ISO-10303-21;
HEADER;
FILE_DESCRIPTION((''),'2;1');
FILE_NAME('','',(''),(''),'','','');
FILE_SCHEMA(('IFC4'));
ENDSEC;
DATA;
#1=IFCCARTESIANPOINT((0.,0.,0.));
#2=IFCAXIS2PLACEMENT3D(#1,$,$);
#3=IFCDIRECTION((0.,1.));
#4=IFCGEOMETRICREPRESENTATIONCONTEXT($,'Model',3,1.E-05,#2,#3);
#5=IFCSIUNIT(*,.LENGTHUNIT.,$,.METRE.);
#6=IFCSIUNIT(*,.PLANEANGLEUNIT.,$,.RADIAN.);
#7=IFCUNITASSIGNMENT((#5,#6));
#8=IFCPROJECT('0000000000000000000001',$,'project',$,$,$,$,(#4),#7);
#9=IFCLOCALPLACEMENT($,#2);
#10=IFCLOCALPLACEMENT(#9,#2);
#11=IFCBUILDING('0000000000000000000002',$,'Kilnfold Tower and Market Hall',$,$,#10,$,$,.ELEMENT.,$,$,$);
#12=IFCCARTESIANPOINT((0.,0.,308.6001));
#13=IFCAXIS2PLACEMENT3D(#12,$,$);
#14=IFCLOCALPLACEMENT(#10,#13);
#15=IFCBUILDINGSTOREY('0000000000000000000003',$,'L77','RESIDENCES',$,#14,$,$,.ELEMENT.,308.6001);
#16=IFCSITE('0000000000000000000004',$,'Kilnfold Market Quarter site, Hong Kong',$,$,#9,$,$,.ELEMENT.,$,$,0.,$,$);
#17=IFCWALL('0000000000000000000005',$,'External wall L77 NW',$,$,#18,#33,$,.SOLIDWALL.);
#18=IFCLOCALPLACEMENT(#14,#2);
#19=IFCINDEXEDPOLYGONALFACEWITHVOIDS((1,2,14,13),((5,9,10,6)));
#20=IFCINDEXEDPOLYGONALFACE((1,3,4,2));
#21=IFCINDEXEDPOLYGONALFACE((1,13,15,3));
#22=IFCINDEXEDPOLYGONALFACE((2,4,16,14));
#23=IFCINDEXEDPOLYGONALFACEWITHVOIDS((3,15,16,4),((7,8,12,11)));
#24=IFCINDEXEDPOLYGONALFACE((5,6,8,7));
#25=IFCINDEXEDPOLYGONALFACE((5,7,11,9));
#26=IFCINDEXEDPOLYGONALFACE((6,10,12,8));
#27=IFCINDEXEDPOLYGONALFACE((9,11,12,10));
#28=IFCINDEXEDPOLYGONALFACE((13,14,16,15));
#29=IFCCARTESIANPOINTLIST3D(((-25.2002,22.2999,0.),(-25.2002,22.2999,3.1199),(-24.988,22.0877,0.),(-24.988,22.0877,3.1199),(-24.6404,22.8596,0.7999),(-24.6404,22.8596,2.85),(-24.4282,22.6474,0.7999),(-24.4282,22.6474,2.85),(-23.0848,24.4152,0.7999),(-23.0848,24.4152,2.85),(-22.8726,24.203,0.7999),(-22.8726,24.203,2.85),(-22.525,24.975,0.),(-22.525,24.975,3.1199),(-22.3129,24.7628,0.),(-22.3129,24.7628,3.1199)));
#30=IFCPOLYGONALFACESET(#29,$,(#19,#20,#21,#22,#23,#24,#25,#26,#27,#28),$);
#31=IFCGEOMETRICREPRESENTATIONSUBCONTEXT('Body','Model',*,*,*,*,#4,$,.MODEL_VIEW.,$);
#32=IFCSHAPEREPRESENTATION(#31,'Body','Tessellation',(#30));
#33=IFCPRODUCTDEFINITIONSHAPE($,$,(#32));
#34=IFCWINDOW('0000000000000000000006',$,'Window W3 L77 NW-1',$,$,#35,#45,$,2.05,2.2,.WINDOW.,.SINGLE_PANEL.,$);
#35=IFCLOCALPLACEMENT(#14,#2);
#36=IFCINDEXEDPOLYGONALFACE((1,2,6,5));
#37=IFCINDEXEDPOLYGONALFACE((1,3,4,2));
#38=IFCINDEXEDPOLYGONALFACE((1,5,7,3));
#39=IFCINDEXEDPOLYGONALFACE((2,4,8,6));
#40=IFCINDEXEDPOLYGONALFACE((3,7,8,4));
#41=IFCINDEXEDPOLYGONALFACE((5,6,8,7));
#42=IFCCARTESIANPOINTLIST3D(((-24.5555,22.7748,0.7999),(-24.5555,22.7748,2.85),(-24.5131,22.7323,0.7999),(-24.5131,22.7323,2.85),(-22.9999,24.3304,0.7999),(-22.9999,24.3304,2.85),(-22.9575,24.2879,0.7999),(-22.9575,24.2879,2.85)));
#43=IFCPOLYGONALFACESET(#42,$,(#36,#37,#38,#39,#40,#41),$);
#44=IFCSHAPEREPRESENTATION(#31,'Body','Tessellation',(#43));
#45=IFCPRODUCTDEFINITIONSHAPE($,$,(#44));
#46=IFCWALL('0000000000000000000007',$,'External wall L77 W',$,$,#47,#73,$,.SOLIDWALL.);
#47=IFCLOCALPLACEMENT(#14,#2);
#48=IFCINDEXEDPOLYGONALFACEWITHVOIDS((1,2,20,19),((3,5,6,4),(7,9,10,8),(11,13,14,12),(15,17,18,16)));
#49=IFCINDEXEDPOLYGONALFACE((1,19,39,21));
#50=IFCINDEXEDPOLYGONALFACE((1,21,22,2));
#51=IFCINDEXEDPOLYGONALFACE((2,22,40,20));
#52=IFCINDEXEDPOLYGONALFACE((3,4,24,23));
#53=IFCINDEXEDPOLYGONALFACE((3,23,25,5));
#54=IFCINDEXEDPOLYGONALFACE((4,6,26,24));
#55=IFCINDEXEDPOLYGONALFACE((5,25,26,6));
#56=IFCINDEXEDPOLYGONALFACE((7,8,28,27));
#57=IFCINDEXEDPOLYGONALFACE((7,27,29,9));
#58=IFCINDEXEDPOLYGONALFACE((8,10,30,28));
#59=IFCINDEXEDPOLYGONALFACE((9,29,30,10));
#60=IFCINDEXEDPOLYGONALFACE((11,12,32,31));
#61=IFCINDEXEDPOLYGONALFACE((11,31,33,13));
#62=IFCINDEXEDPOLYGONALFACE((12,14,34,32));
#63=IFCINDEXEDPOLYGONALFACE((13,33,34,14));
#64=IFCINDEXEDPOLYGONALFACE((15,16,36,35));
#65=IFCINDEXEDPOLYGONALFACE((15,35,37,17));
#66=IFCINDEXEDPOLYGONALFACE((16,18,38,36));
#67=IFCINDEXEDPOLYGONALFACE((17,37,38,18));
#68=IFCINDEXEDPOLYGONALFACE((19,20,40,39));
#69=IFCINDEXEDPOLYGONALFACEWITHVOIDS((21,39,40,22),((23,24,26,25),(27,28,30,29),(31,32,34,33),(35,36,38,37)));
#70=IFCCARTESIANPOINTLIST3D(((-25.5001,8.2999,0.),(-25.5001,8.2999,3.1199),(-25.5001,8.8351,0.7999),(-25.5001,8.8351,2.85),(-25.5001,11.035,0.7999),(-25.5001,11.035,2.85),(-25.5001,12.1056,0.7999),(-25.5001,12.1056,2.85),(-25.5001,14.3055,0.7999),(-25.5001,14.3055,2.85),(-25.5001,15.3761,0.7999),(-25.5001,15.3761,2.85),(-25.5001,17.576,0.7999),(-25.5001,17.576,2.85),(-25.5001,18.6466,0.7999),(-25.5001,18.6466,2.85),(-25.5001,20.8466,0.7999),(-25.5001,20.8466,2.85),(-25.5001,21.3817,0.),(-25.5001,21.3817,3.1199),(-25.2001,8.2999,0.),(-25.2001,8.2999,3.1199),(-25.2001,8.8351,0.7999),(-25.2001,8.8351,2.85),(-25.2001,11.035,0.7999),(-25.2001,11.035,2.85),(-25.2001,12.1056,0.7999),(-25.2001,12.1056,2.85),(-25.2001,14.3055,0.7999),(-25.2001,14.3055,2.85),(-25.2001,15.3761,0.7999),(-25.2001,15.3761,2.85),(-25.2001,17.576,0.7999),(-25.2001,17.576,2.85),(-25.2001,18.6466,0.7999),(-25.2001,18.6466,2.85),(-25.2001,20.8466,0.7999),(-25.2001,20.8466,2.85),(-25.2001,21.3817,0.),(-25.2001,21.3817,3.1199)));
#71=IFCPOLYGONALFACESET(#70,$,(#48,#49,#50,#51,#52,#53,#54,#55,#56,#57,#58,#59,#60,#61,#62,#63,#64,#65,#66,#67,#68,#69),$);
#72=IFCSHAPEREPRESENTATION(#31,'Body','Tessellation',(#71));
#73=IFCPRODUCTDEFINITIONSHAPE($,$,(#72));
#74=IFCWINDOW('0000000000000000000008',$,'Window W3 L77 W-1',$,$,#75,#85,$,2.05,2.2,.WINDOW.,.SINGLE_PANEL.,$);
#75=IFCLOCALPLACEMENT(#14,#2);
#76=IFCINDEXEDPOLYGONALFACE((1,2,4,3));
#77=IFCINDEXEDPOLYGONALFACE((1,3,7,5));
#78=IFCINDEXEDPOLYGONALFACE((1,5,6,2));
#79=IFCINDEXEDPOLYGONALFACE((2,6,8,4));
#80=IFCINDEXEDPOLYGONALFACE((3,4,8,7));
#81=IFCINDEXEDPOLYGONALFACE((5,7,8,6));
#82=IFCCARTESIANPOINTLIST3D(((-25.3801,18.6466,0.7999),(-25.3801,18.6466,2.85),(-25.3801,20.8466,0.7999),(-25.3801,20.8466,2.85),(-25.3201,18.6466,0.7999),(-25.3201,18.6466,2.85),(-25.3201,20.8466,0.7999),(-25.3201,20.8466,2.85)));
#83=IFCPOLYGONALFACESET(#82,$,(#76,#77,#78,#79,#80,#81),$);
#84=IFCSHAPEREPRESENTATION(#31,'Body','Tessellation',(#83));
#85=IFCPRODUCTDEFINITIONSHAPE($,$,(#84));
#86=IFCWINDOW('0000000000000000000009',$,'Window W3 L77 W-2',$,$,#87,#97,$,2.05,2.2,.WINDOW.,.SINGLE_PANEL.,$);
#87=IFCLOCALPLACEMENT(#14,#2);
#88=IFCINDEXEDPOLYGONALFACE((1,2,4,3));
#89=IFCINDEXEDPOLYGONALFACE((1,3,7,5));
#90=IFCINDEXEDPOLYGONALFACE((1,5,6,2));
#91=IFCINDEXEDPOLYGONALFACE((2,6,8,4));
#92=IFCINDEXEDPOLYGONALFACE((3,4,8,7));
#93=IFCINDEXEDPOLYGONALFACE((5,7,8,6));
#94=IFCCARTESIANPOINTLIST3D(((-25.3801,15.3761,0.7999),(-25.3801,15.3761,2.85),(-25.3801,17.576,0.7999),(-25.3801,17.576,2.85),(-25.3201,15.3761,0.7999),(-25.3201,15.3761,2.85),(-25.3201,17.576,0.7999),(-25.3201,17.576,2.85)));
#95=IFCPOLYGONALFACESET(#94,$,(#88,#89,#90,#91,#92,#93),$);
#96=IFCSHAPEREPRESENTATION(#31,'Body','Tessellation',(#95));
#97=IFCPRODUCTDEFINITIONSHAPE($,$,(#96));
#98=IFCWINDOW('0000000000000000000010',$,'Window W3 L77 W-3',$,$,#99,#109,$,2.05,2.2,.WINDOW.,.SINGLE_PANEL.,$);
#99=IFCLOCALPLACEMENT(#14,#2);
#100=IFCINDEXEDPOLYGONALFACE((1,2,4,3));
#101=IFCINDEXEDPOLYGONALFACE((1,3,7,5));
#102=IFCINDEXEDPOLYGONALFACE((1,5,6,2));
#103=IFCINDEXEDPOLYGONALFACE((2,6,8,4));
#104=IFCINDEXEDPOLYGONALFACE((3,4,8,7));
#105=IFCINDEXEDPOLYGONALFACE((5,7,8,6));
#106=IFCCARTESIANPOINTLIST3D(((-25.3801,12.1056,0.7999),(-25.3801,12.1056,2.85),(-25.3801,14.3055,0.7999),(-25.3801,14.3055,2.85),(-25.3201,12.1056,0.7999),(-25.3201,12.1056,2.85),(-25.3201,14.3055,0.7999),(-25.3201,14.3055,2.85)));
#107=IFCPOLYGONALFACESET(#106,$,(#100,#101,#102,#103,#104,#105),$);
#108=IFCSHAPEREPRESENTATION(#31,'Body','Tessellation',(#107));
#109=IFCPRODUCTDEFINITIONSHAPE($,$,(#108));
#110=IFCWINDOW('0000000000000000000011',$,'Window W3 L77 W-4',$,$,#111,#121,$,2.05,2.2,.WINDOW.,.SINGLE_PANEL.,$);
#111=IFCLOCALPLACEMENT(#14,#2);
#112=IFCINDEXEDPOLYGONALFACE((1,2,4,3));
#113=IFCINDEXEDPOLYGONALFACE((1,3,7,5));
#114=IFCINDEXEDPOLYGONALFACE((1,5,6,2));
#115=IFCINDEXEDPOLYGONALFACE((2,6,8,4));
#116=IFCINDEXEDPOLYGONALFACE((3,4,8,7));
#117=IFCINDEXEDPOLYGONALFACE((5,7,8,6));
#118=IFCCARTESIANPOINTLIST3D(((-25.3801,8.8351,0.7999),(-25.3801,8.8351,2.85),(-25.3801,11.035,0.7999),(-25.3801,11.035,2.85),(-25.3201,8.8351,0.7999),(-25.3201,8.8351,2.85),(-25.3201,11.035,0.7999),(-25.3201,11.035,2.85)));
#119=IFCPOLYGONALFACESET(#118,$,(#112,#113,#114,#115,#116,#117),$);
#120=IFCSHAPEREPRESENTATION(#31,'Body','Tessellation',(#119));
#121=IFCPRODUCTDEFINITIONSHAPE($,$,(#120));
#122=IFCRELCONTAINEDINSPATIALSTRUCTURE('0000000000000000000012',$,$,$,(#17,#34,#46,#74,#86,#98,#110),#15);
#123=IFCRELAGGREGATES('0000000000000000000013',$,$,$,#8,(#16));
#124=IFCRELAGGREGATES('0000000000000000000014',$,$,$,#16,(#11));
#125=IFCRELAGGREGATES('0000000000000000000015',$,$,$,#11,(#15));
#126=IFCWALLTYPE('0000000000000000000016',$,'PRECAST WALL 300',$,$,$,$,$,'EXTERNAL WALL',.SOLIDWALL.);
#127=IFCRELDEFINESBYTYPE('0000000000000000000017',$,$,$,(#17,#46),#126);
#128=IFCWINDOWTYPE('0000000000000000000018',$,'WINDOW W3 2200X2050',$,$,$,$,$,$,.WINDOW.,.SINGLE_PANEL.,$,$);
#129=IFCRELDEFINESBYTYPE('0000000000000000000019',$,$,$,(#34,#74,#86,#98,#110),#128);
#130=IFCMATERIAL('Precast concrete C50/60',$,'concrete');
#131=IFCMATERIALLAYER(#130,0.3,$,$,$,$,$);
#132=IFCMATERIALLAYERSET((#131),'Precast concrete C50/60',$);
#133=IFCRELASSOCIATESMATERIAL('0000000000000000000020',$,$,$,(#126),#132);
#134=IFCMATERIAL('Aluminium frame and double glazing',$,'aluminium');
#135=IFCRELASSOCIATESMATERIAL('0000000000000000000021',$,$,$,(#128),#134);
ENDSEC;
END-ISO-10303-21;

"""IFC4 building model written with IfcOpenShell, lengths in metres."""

from ifc_helpers import new_model, si_unit, direction, frame, frame_2d, origin, place, context, subcontext, project, spatial, rectangle, extrude, source, transform, mapped, material, layer, layer_set, type_object, element, fill, save


model = new_model("IFC4")

# Units and contexts
model_context = context("Model", 3, precision=1e-05, world=origin(), true_north=direction((0.0, 1.0)))
body_context = subcontext(model_context, "Body", "Model", "MODEL_VIEW")
ifc_project = project(units=[si_unit("LENGTHUNIT", "METRE"), si_unit("PLANEANGLEUNIT", "RADIAN")], contexts=[model_context])

# Site, building, storey
site_placement = place(None, origin())
site = spatial("IfcSite", under=ifc_project, at=site_placement, Name="Kilnfold Market Quarter site, Hong Kong", CompositionType="ELEMENT", RefElevation=0.0)
building_placement = place(site_placement, origin())
building = spatial("IfcBuilding", under=site, at=building_placement, Name="Kilnfold Tower and Market Hall", CompositionType="ELEMENT")
storey_placement = place(building_placement, frame((0.0, 0.0, 308.6001)))
storey = spatial("IfcBuildingStorey", under=building, at=storey_placement, Name="L77", Description="RESIDENCES", CompositionType="ELEMENT", Elevation=308.6001)

# Shared definitions
ifc_material_1 = material(Name="Precast concrete C50/60", Category="concrete")
ifc_layer_1 = layer(ifc_material_1, 0.3)
ifc_layer_set_1 = layer_set([ifc_layer_1], Name="Precast concrete C50/60")
wall_type_1 = type_object("IfcWallType", Name="PRECAST WALL 300", ElementType="EXTERNAL WALL", PredefinedType="SOLIDWALL", material=ifc_layer_set_1)
ifc_material_2 = material(Name="Aluminium frame and double glazing", Category="aluminium")
window_type = type_object("IfcWindowType", Name="WINDOW W3 2200X2050", PartitioningType="SINGLE_PANEL", PredefinedType="WINDOW", material=ifc_material_2)

# Wall, opening, window
shared_shape_1 = source(origin(), body_context, "Body", "SweptSolid", [
    extrude(rectangle(XDim=3.7832, YDim=0.3, at=frame_2d((1.8916, 0.0))), origin(), (0.0, 0.0, 1.0), 3.1199),
])
wall_1_placement = place(storey_placement, frame((-22.4189, 24.8689, 0.0), z_axis=(0.0, 0.0, 1.0), x_axis=(-0.707107, -0.707107, 0.0)))
wall_1 = element("IfcWall", 1, at=wall_1_placement, inside=storey, type_object=wall_type_1, Name="External wall L77 NW", PredefinedType="SOLIDWALL", context=body_context, shape_type="MappedRepresentation", body=[
    mapped(shared_shape_1, transform((0.0, 0.0, 0.0))),
])
opening_1_placement = place(wall_1_placement, frame((0.7915, 0.0, 0.8)))
opening_1 = element("IfcOpeningElement", 2, at=opening_1_placement, cuts=wall_1, PredefinedType="OPENING", context=body_context, shape_type="SweptSolid", body=[
    extrude(rectangle(XDim=2.2, YDim=2.05, at=frame_2d((1.1001, 1.0249))), frame((0.0, 0.1602, 0.0), z_axis=(0.0, -1.0, 0.0), x_axis=(1.0, 0.0, 0.0)), (0.0, 0.0, 1.0), 0.3201),
])
window_1_placement = place(opening_1_placement, origin())
window_1 = element("IfcWindow", 3, at=window_1_placement, inside=storey, type_object=window_type, Name="Window W3 L77 NW-1", OverallHeight=2.05, OverallWidth=2.2, PartitioningType="SINGLE_PANEL", PredefinedType="WINDOW", context=body_context, shape_type="SweptSolid", body=[
    extrude(rectangle(XDim=2.2, YDim=2.05, at=frame_2d((1.1001, 1.0249))), frame((0.0, 0.03, 0.0), z_axis=(0.0, -1.0, 0.0), x_axis=(1.0, 0.0, 0.0)), (0.0, 0.0, 1.0), 0.0601),
])
fill(opening_1, window_1)

# Wall, openings, windows
shared_shape_2 = source(origin(), body_context, "Body", "SweptSolid", [
    extrude(rectangle(XDim=13.0818, YDim=0.3, at=frame_2d((6.541, 0.0))), origin(), (0.0, 0.0, 1.0), 3.1199),
])
wall_2_placement = place(storey_placement, frame((-25.3501, 21.3818, 0.0), z_axis=(0.0, 0.0, 1.0), x_axis=(0.0, -1.0, 0.0)))
wall_2 = element("IfcWall", 4, at=wall_2_placement, inside=storey, type_object=wall_type_1, Name="External wall L77 W", PredefinedType="SOLIDWALL", context=body_context, shape_type="MappedRepresentation", body=[
    mapped(shared_shape_2, transform((0.0, 0.0, 0.0))),
])
opening_2_placement = place(wall_2_placement, frame((0.5352, 0.0, 0.8)))
opening_2 = element("IfcOpeningElement", 5, at=opening_2_placement, cuts=wall_2, PredefinedType="OPENING", context=body_context, shape_type="SweptSolid", body=[
    extrude(rectangle(XDim=2.2, YDim=2.05, at=frame_2d((1.1001, 1.0249))), frame((0.0, 0.1602, 0.0), z_axis=(0.0, -1.0, 0.0), x_axis=(1.0, 0.0, 0.0)), (0.0, 0.0, 1.0), 0.3201),
])
opening_3_placement = place(wall_2_placement, frame((3.8057, 0.0, 0.8)))
opening_3 = element("IfcOpeningElement", 6, at=opening_3_placement, cuts=wall_2, PredefinedType="OPENING", context=body_context, shape_type="SweptSolid", body=[
    extrude(rectangle(XDim=2.2, YDim=2.05, at=frame_2d((1.1001, 1.0249))), frame((0.0, 0.1602, 0.0), z_axis=(0.0, -1.0, 0.0), x_axis=(1.0, 0.0, 0.0)), (0.0, 0.0, 1.0), 0.3201),
])
opening_4_placement = place(wall_2_placement, frame((7.0762, 0.0, 0.8)))
opening_4 = element("IfcOpeningElement", 7, at=opening_4_placement, cuts=wall_2, PredefinedType="OPENING", context=body_context, shape_type="SweptSolid", body=[
    extrude(rectangle(XDim=2.2, YDim=2.05, at=frame_2d((1.1001, 1.0249))), frame((0.0, 0.1602, 0.0), z_axis=(0.0, -1.0, 0.0), x_axis=(1.0, 0.0, 0.0)), (0.0, 0.0, 1.0), 0.3201),
])
opening_5_placement = place(wall_2_placement, frame((10.3467, 0.0, 0.8)))
opening_5 = element("IfcOpeningElement", 8, at=opening_5_placement, cuts=wall_2, PredefinedType="OPENING", context=body_context, shape_type="SweptSolid", body=[
    extrude(rectangle(XDim=2.2, YDim=2.05, at=frame_2d((1.1001, 1.0249))), frame((0.0, 0.1602, 0.0), z_axis=(0.0, -1.0, 0.0), x_axis=(1.0, 0.0, 0.0)), (0.0, 0.0, 1.0), 0.3201),
])
window_2_placement = place(opening_2_placement, origin())
window_2 = element("IfcWindow", 9, at=window_2_placement, inside=storey, type_object=window_type, Name="Window W3 L77 W-1", OverallHeight=2.05, OverallWidth=2.2, PartitioningType="SINGLE_PANEL", PredefinedType="WINDOW", context=body_context, shape_type="SweptSolid", body=[
    extrude(rectangle(XDim=2.2, YDim=2.05, at=frame_2d((1.1001, 1.0249))), frame((0.0, 0.03, 0.0), z_axis=(0.0, -1.0, 0.0), x_axis=(1.0, 0.0, 0.0)), (0.0, 0.0, 1.0), 0.0601),
])
fill(opening_2, window_2)
window_3_placement = place(opening_3_placement, origin())
window_3 = element("IfcWindow", 10, at=window_3_placement, inside=storey, type_object=window_type, Name="Window W3 L77 W-2", OverallHeight=2.05, OverallWidth=2.2, PartitioningType="SINGLE_PANEL", PredefinedType="WINDOW", context=body_context, shape_type="SweptSolid", body=[
    extrude(rectangle(XDim=2.2, YDim=2.05, at=frame_2d((1.1001, 1.0249))), frame((0.0, 0.03, 0.0), z_axis=(0.0, -1.0, 0.0), x_axis=(1.0, 0.0, 0.0)), (0.0, 0.0, 1.0), 0.0601),
])
fill(opening_3, window_3)
window_4_placement = place(opening_4_placement, origin())
window_4 = element("IfcWindow", 11, at=window_4_placement, inside=storey, type_object=window_type, Name="Window W3 L77 W-3", OverallHeight=2.05, OverallWidth=2.2, PartitioningType="SINGLE_PANEL", PredefinedType="WINDOW", context=body_context, shape_type="SweptSolid", body=[
    extrude(rectangle(XDim=2.2, YDim=2.05, at=frame_2d((1.1001, 1.0249))), frame((0.0, 0.03, 0.0), z_axis=(0.0, -1.0, 0.0), x_axis=(1.0, 0.0, 0.0)), (0.0, 0.0, 1.0), 0.0601),
])
fill(opening_4, window_4)
window_5_placement = place(opening_5_placement, origin())
window_5 = element("IfcWindow", 12, at=window_5_placement, inside=storey, type_object=window_type, Name="Window W3 L77 W-4", OverallHeight=2.05, OverallWidth=2.2, PartitioningType="SINGLE_PANEL", PredefinedType="WINDOW", context=body_context, shape_type="SweptSolid", body=[
    extrude(rectangle(XDim=2.2, YDim=2.05, at=frame_2d((1.1001, 1.0249))), frame((0.0, 0.03, 0.0), z_axis=(0.0, -1.0, 0.0), x_axis=(1.0, 0.0, 0.0)), (0.0, 0.0, 1.0), 0.0601),
])
fill(opening_5, window_5)

save(model, "model.ifc")
